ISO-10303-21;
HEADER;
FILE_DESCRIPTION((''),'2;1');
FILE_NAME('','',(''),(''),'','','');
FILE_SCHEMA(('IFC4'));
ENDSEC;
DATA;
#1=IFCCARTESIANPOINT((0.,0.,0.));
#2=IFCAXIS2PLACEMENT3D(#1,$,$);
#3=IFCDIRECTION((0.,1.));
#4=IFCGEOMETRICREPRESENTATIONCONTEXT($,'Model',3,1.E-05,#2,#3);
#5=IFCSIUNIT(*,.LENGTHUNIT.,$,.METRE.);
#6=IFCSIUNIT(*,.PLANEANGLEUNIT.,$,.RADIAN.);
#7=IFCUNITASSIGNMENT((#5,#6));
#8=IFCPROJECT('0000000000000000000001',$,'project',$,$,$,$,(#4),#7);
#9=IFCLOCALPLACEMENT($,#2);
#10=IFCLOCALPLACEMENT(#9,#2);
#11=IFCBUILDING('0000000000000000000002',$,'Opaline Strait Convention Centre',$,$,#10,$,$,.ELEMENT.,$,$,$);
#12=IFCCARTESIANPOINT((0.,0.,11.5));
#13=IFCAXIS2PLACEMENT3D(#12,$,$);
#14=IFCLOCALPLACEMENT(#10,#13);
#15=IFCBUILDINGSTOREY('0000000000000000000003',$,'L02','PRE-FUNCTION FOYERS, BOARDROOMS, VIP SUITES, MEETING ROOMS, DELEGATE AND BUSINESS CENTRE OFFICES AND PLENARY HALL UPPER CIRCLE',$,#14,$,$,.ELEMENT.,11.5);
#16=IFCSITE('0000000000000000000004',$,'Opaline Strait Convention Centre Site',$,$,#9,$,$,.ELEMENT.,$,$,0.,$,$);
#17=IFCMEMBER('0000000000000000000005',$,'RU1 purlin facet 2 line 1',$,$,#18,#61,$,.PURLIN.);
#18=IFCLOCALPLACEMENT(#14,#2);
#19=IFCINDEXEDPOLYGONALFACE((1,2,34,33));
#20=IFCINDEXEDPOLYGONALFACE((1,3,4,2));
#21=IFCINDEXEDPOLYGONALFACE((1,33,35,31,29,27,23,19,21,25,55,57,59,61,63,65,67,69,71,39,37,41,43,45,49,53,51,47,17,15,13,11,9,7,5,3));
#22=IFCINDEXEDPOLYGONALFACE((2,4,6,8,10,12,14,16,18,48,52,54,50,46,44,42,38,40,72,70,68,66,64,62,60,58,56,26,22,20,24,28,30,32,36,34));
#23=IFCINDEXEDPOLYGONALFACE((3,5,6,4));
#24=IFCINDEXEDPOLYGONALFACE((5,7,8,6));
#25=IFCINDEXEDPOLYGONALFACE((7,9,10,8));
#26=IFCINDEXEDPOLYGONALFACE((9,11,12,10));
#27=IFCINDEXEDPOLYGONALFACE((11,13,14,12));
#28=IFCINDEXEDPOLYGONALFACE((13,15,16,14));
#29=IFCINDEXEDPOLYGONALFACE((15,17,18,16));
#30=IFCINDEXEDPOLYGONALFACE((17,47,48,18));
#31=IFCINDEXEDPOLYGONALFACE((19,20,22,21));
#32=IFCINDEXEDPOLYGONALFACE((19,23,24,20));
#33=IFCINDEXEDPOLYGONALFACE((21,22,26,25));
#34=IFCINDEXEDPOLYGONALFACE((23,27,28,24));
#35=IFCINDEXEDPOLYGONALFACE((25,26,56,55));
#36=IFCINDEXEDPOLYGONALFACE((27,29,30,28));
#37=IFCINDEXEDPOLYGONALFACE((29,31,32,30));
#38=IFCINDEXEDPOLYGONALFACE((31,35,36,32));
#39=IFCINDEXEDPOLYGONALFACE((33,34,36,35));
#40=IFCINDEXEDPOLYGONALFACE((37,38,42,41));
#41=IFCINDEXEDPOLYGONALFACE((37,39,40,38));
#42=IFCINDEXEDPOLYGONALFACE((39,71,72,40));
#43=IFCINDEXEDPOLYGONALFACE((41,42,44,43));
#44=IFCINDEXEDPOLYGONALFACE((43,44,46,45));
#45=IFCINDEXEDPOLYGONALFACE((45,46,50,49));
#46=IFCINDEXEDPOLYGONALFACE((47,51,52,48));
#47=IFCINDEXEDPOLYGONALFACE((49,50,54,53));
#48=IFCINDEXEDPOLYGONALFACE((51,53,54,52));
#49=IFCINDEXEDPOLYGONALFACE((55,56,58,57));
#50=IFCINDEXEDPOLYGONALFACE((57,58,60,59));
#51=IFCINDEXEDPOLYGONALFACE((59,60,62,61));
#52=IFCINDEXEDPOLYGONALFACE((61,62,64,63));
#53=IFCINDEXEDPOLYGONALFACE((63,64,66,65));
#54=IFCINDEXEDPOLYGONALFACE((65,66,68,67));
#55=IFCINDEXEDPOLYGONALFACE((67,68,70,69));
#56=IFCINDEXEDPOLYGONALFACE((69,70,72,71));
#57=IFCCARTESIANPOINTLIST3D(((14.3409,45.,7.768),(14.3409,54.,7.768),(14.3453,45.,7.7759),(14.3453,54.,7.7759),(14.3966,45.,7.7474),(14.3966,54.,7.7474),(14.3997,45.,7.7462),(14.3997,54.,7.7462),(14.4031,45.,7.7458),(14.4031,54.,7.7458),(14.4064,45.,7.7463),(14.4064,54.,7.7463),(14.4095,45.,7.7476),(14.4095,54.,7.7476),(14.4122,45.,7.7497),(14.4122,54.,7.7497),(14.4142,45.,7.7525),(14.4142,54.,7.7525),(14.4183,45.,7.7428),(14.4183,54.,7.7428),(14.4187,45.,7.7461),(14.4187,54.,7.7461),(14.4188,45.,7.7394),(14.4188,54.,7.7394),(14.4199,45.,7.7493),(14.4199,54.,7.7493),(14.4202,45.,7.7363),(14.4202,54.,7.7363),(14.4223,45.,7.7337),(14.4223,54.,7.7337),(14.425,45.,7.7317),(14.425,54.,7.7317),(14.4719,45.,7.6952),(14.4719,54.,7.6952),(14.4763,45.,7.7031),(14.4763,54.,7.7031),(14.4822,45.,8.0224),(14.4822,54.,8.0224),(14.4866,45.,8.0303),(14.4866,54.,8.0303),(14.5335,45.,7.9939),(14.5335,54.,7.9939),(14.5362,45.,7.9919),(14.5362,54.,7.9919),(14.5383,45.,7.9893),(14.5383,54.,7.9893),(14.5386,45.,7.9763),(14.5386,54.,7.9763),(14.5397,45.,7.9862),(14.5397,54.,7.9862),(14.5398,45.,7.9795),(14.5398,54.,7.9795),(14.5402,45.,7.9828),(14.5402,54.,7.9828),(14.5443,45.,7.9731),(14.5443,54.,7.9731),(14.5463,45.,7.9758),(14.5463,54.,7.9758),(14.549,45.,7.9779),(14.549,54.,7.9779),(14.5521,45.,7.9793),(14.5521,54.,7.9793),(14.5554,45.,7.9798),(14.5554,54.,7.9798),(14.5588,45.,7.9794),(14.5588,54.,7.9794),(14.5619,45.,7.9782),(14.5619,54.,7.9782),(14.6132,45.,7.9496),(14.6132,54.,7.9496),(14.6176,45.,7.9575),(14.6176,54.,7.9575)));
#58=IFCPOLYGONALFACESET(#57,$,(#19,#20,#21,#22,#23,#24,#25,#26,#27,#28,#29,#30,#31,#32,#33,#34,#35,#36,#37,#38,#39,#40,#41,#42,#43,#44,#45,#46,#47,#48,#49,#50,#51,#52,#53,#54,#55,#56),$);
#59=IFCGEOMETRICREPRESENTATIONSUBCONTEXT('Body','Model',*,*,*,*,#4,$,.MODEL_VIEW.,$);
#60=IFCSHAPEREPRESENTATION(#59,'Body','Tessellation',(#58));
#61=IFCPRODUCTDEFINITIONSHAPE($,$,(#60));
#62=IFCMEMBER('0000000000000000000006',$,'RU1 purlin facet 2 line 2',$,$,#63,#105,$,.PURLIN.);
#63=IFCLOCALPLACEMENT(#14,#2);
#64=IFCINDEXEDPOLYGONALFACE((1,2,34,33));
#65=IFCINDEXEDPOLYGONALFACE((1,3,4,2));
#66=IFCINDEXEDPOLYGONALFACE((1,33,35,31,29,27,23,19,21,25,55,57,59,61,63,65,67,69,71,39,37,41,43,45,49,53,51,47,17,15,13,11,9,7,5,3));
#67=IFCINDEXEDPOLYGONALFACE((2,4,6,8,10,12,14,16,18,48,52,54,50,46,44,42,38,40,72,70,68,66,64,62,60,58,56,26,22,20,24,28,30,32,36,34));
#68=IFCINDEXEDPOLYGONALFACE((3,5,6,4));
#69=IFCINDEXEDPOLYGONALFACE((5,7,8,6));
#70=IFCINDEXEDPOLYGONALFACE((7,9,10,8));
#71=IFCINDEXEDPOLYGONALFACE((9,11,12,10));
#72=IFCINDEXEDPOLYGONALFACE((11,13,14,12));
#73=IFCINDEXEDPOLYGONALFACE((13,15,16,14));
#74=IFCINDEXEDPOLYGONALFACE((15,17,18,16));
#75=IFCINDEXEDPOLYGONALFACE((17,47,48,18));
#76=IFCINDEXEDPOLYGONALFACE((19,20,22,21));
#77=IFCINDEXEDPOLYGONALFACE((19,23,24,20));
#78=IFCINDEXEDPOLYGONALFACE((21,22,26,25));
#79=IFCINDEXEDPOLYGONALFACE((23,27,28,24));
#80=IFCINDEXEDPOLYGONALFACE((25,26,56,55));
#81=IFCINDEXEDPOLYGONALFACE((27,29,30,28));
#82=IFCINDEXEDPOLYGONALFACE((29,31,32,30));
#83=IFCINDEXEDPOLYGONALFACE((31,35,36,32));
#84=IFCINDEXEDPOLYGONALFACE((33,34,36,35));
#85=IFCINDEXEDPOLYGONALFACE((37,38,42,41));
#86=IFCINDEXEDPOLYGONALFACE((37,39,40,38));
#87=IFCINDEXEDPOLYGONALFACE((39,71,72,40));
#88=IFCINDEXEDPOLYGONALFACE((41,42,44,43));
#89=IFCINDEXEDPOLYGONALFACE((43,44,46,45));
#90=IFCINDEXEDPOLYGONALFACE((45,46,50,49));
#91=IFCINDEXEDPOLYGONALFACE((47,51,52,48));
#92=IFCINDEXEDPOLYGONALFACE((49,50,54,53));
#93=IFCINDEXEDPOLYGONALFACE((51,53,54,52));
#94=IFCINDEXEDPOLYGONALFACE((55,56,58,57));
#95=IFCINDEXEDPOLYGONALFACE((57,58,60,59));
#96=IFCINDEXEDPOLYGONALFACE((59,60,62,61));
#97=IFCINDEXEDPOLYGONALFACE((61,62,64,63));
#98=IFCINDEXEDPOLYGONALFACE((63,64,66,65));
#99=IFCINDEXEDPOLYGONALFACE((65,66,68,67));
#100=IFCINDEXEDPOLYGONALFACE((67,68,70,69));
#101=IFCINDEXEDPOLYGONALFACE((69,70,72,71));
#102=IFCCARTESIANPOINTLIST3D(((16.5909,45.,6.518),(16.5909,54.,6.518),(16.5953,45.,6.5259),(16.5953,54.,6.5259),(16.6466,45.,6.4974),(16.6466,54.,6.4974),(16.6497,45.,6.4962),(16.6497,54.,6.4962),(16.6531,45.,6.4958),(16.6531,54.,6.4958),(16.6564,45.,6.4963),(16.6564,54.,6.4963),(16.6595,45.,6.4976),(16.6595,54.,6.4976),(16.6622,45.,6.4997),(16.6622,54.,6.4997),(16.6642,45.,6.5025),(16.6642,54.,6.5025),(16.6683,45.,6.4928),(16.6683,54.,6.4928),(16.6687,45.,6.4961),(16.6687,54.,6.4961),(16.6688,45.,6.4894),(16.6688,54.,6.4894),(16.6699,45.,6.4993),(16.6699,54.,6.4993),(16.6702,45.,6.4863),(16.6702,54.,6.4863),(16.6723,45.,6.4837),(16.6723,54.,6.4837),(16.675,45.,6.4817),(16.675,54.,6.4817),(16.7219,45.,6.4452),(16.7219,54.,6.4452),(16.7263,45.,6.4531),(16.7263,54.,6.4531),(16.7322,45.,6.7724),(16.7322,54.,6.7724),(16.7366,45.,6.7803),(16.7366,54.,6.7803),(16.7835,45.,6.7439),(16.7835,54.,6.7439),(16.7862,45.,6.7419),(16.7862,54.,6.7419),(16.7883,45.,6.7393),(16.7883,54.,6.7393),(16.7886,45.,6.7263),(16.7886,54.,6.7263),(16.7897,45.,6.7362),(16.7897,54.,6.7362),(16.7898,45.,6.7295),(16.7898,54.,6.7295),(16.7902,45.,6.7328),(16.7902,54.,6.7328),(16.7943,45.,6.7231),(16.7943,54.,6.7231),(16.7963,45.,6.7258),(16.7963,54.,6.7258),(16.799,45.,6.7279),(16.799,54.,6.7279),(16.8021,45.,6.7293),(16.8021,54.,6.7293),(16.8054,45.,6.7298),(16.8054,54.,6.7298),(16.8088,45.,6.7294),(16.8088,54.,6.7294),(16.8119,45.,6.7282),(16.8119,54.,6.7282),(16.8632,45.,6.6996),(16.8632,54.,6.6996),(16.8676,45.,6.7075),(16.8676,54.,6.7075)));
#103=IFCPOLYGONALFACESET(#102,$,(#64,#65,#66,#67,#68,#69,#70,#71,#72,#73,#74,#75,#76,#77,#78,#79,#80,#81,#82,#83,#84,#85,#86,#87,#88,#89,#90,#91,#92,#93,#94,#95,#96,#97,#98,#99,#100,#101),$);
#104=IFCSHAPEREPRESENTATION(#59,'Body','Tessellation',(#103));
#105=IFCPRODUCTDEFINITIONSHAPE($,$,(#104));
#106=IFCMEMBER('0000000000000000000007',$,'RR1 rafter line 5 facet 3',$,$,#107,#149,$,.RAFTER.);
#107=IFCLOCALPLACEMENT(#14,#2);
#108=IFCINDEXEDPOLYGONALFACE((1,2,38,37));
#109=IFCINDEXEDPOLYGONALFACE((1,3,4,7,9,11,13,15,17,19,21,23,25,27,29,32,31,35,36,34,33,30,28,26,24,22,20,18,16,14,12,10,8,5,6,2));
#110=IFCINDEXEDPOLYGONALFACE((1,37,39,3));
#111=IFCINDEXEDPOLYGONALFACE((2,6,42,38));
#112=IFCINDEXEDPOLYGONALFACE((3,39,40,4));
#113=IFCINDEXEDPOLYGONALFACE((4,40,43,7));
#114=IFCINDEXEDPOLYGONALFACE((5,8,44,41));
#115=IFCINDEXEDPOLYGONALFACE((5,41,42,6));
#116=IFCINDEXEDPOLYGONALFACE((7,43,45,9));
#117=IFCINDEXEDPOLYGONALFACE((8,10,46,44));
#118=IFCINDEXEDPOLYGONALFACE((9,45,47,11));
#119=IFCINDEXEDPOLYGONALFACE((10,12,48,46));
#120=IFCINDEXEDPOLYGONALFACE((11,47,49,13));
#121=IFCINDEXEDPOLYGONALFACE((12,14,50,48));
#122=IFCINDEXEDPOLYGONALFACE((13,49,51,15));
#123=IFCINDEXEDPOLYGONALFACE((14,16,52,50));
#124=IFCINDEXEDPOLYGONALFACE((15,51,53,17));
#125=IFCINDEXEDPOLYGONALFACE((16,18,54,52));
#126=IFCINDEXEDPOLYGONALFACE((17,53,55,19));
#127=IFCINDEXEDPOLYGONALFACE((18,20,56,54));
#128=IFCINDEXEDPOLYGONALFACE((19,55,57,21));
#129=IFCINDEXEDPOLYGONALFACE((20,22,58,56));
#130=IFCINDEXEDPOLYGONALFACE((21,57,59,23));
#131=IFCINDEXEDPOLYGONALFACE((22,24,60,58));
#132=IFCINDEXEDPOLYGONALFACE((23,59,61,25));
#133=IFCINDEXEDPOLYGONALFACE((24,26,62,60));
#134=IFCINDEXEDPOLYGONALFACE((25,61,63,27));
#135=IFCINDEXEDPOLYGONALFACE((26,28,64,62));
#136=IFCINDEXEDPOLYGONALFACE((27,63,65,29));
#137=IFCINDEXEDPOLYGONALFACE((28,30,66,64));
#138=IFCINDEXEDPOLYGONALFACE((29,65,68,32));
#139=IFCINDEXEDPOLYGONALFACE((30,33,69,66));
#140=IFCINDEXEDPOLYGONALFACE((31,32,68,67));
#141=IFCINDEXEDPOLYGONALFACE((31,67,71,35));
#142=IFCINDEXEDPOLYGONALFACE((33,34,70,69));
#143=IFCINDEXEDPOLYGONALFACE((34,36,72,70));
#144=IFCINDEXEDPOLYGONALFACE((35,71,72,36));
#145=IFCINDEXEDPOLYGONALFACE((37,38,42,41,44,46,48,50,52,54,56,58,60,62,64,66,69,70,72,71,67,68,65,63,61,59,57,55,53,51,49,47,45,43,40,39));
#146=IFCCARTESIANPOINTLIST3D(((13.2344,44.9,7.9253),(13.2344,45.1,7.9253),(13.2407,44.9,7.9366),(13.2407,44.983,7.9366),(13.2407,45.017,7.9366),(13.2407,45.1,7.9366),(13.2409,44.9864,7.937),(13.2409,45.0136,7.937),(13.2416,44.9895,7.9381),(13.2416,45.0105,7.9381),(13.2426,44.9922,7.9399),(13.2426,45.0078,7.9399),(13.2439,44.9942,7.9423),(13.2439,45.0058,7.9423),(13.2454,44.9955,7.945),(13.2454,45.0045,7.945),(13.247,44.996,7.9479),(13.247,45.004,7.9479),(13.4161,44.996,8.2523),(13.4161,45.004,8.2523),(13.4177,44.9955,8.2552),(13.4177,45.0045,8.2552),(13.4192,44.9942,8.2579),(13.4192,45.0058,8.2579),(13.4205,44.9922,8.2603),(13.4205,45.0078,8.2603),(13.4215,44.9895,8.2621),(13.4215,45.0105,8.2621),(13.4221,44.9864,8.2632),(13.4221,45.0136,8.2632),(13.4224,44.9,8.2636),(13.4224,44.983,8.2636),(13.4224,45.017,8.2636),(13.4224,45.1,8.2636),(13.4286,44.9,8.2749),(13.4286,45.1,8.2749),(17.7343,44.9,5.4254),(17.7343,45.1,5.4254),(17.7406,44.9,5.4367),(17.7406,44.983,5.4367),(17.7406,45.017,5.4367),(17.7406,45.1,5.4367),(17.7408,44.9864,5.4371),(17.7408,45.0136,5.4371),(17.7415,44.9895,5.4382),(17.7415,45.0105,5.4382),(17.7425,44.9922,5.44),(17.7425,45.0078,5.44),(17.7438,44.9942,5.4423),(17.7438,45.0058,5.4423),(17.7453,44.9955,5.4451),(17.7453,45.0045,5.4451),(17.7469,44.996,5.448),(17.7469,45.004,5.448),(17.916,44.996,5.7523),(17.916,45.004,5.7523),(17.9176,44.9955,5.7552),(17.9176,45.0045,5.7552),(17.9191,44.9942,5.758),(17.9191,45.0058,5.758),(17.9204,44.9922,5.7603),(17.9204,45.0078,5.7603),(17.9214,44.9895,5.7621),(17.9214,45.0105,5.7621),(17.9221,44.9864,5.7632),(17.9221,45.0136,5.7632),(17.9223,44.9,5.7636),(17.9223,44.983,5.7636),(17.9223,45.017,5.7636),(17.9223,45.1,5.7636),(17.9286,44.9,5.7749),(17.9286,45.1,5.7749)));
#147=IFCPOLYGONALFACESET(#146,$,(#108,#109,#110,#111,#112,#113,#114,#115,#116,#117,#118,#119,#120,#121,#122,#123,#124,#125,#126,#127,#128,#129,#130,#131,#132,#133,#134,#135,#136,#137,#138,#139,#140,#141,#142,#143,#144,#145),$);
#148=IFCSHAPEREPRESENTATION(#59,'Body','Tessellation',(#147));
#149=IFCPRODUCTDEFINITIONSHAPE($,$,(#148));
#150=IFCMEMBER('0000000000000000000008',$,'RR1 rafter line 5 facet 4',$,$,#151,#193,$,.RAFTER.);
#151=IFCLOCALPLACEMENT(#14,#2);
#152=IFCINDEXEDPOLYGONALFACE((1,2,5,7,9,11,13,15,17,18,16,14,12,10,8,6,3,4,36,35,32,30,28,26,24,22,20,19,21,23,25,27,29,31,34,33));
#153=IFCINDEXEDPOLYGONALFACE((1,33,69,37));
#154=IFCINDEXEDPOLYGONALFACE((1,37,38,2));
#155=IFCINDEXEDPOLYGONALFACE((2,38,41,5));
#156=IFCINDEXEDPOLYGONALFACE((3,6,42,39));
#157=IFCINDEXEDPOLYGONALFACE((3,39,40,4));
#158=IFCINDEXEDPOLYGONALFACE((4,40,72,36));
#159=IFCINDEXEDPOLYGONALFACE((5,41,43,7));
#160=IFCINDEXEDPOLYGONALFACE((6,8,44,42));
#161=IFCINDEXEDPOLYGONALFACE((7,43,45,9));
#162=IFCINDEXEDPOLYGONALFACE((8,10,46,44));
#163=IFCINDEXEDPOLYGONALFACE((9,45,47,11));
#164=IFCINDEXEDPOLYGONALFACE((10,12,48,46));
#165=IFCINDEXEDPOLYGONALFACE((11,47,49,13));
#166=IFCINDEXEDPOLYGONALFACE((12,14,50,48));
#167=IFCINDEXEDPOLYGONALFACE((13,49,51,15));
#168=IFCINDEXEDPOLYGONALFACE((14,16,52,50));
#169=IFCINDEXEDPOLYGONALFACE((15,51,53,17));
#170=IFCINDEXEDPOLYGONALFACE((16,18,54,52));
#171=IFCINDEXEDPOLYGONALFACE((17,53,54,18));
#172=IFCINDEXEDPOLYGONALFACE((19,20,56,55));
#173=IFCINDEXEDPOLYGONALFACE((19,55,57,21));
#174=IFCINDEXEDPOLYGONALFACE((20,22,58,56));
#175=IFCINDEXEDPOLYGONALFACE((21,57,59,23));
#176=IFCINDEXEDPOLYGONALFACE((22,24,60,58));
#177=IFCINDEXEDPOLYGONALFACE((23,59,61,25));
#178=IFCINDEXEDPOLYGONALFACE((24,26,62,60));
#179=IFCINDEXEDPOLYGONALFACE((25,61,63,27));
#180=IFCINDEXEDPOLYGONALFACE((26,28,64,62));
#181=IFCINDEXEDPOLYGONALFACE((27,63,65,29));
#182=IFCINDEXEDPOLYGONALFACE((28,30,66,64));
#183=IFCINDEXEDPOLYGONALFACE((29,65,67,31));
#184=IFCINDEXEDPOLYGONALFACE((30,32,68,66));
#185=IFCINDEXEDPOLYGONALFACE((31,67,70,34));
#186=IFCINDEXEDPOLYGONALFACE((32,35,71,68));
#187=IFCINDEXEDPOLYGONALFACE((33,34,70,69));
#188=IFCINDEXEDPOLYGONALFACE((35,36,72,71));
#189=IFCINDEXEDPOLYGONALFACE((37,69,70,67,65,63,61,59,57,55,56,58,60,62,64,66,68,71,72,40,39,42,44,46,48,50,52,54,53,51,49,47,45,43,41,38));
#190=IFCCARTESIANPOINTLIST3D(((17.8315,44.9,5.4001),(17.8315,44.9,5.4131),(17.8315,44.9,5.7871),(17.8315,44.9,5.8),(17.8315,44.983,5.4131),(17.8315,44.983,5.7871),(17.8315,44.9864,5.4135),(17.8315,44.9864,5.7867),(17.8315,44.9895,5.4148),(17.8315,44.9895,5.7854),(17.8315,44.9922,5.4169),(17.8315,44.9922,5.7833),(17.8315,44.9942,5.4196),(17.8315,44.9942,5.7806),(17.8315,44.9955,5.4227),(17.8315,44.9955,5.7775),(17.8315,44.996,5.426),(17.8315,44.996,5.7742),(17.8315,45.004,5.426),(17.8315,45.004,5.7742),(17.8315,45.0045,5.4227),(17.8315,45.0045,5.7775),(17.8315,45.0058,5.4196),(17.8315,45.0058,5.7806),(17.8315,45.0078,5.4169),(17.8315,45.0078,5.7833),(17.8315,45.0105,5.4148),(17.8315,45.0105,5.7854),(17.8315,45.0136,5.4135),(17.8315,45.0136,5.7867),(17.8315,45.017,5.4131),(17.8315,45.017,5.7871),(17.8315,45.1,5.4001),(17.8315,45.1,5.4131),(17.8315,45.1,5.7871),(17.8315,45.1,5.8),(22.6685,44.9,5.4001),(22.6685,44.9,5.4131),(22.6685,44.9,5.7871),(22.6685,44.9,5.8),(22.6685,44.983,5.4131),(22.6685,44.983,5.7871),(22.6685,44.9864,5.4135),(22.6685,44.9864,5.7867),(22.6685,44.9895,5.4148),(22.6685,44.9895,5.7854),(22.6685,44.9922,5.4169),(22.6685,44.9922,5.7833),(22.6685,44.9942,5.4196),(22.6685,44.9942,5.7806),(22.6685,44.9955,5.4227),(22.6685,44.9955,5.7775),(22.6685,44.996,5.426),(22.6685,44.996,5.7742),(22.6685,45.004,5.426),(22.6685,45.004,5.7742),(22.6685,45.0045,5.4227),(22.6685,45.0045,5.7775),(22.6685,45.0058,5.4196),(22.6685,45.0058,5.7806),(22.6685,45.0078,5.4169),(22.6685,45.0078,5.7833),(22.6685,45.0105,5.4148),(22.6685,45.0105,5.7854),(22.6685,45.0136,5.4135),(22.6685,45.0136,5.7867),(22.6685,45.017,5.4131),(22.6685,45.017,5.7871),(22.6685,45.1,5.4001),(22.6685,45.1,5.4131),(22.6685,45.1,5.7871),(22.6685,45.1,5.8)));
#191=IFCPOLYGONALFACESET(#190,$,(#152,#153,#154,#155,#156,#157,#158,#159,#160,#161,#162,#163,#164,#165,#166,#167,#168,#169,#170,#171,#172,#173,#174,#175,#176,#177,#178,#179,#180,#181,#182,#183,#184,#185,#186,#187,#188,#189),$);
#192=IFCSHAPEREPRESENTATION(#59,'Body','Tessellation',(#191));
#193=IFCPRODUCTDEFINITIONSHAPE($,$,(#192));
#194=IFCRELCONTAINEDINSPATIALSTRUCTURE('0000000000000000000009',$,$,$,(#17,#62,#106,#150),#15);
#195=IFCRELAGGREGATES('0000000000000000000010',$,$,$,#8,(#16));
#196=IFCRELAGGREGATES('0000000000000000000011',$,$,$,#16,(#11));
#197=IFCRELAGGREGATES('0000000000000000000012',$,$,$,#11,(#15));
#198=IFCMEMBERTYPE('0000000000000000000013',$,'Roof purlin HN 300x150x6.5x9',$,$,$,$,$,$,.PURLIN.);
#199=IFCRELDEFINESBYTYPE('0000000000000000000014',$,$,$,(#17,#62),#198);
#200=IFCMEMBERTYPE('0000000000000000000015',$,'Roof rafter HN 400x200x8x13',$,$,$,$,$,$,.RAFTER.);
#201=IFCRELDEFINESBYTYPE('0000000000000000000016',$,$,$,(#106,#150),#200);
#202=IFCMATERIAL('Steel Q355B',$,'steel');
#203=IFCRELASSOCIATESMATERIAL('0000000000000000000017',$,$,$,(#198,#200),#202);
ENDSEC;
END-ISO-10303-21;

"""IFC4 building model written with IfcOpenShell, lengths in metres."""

from ifc_helpers import new_model, si_unit, direction, frame, origin, origin_2d, place, context, subcontext, project, spatial, i_section, extrude, material, material_profile, profile_set, type_object, element, save


model = new_model("IFC4")

# Units and contexts
model_context = context("Model", 3, precision=1e-05, world=origin(), true_north=direction((0.0, 1.0)))
body_context = subcontext(model_context, "Body", "Model", "MODEL_VIEW")
ifc_project = project(units=[si_unit("LENGTHUNIT", "METRE"), si_unit("PLANEANGLEUNIT", "RADIAN")], contexts=[model_context])

# Site, building, storey
site_placement = place(None, origin())
site = spatial("IfcSite", under=ifc_project, at=site_placement, Name="Opaline Strait Convention Centre Site", CompositionType="ELEMENT", RefElevation=0.0)
building_placement = place(site_placement, origin())
building = spatial("IfcBuilding", under=site, at=building_placement, Name="Opaline Strait Convention Centre", CompositionType="ELEMENT")
storey_placement = place(building_placement, frame((0.0, 0.0, 11.5)))
storey = spatial("IfcBuildingStorey", under=building, at=storey_placement, Name="L02", Description="PRE-FUNCTION FOYERS, BOARDROOMS, VIP SUITES, MEETING ROOMS, DELEGATE AND BUSINESS CENTRE OFFICES AND PLENARY HALL UPPER CIRCLE", CompositionType="ELEMENT", Elevation=11.5)

# Shared definitions
ifc_material_1 = material(Name="Steel Q355B", Category="steel")

# Members
ifc_material_profile_1 = material_profile(ifc_material_1, i_section(OverallWidth=0.1499, OverallDepth=0.3, WebThickness=0.0066, FlangeThickness=0.009, FilletRadius=0.0129, at=origin_2d()), Name="HN 300x150x6.5x9")
ifc_profile_set_1 = profile_set([ifc_material_profile_1], Name="Steel Q355B")
member_type_1 = type_object("IfcMemberType", Name="Roof purlin HN 300x150x6.5x9", PredefinedType="PURLIN", material=ifc_profile_set_1)
for number, where, z_axis, x_axis, name in (
    (1, (14.4792, 45.0, 7.8628), (0.0, 1.0, 0.0), (-0.874157, 0.0, 0.485643), "RU1 purlin facet 2 line 1"),
    (2, (16.7292, 45.0, 6.6128), (0.0, 1.0, 0.0), (-0.874157, 0.0, 0.485643), "RU1 purlin facet 2 line 2"),
):
    element("IfcMember", number, at=place(storey_placement, frame(where, z_axis=z_axis, x_axis=x_axis)), inside=storey, type_object=member_type_1, Name=name, PredefinedType="PURLIN", context=body_context, shape_type="SweptSolid", body=[
        extrude(i_section(OverallWidth=0.1499, OverallDepth=0.3, WebThickness=0.0066, FlangeThickness=0.009, FilletRadius=0.0129, at=origin_2d()), origin(), (0.0, 0.0, 1.0), 9.0),
    ])
ifc_material_profile_2 = material_profile(ifc_material_1, i_section(OverallWidth=0.2, OverallDepth=0.3999, WebThickness=0.0081, FlangeThickness=0.0129, FilletRadius=0.0129, at=origin_2d()), Name="HN 400x200x8x13")
ifc_profile_set_2 = profile_set([ifc_material_profile_2], Name="Steel Q355B")
member_type_2 = type_object("IfcMemberType", Name="Roof rafter HN 400x200x8x13", PredefinedType="RAFTER", material=ifc_profile_set_2)
member_1_placement = place(storey_placement, frame((13.3315, 45.0, 8.1001), z_axis=(0.874157, 0.0, -0.485643), x_axis=(0.0, 1.0, 0.0)))
element("IfcMember", 3, at=member_1_placement, inside=storey, type_object=member_type_2, Name="RR1 rafter line 5 facet 3", PredefinedType="RAFTER", context=body_context, shape_type="SweptSolid", body=[
    extrude(i_section(OverallWidth=0.2, OverallDepth=0.3999, WebThickness=0.0081, FlangeThickness=0.0129, FilletRadius=0.0129, at=origin_2d()), origin(), (0.0, 0.0, 1.0), 5.1477),
])
member_2_placement = place(storey_placement, frame((17.8315, 45.0, 5.6001), z_axis=(1.0, 0.0, 0.0), x_axis=(0.0, 1.0, 0.0)))
element("IfcMember", 4, at=member_2_placement, inside=storey, type_object=member_type_2, Name="RR1 rafter line 5 facet 4", PredefinedType="RAFTER", context=body_context, shape_type="SweptSolid", body=[
    extrude(i_section(OverallWidth=0.2, OverallDepth=0.3999, WebThickness=0.0081, FlangeThickness=0.0129, FilletRadius=0.0129, at=origin_2d()), origin(), (0.0, 0.0, 1.0), 4.8369),
])

save(model, "model.ifc")
